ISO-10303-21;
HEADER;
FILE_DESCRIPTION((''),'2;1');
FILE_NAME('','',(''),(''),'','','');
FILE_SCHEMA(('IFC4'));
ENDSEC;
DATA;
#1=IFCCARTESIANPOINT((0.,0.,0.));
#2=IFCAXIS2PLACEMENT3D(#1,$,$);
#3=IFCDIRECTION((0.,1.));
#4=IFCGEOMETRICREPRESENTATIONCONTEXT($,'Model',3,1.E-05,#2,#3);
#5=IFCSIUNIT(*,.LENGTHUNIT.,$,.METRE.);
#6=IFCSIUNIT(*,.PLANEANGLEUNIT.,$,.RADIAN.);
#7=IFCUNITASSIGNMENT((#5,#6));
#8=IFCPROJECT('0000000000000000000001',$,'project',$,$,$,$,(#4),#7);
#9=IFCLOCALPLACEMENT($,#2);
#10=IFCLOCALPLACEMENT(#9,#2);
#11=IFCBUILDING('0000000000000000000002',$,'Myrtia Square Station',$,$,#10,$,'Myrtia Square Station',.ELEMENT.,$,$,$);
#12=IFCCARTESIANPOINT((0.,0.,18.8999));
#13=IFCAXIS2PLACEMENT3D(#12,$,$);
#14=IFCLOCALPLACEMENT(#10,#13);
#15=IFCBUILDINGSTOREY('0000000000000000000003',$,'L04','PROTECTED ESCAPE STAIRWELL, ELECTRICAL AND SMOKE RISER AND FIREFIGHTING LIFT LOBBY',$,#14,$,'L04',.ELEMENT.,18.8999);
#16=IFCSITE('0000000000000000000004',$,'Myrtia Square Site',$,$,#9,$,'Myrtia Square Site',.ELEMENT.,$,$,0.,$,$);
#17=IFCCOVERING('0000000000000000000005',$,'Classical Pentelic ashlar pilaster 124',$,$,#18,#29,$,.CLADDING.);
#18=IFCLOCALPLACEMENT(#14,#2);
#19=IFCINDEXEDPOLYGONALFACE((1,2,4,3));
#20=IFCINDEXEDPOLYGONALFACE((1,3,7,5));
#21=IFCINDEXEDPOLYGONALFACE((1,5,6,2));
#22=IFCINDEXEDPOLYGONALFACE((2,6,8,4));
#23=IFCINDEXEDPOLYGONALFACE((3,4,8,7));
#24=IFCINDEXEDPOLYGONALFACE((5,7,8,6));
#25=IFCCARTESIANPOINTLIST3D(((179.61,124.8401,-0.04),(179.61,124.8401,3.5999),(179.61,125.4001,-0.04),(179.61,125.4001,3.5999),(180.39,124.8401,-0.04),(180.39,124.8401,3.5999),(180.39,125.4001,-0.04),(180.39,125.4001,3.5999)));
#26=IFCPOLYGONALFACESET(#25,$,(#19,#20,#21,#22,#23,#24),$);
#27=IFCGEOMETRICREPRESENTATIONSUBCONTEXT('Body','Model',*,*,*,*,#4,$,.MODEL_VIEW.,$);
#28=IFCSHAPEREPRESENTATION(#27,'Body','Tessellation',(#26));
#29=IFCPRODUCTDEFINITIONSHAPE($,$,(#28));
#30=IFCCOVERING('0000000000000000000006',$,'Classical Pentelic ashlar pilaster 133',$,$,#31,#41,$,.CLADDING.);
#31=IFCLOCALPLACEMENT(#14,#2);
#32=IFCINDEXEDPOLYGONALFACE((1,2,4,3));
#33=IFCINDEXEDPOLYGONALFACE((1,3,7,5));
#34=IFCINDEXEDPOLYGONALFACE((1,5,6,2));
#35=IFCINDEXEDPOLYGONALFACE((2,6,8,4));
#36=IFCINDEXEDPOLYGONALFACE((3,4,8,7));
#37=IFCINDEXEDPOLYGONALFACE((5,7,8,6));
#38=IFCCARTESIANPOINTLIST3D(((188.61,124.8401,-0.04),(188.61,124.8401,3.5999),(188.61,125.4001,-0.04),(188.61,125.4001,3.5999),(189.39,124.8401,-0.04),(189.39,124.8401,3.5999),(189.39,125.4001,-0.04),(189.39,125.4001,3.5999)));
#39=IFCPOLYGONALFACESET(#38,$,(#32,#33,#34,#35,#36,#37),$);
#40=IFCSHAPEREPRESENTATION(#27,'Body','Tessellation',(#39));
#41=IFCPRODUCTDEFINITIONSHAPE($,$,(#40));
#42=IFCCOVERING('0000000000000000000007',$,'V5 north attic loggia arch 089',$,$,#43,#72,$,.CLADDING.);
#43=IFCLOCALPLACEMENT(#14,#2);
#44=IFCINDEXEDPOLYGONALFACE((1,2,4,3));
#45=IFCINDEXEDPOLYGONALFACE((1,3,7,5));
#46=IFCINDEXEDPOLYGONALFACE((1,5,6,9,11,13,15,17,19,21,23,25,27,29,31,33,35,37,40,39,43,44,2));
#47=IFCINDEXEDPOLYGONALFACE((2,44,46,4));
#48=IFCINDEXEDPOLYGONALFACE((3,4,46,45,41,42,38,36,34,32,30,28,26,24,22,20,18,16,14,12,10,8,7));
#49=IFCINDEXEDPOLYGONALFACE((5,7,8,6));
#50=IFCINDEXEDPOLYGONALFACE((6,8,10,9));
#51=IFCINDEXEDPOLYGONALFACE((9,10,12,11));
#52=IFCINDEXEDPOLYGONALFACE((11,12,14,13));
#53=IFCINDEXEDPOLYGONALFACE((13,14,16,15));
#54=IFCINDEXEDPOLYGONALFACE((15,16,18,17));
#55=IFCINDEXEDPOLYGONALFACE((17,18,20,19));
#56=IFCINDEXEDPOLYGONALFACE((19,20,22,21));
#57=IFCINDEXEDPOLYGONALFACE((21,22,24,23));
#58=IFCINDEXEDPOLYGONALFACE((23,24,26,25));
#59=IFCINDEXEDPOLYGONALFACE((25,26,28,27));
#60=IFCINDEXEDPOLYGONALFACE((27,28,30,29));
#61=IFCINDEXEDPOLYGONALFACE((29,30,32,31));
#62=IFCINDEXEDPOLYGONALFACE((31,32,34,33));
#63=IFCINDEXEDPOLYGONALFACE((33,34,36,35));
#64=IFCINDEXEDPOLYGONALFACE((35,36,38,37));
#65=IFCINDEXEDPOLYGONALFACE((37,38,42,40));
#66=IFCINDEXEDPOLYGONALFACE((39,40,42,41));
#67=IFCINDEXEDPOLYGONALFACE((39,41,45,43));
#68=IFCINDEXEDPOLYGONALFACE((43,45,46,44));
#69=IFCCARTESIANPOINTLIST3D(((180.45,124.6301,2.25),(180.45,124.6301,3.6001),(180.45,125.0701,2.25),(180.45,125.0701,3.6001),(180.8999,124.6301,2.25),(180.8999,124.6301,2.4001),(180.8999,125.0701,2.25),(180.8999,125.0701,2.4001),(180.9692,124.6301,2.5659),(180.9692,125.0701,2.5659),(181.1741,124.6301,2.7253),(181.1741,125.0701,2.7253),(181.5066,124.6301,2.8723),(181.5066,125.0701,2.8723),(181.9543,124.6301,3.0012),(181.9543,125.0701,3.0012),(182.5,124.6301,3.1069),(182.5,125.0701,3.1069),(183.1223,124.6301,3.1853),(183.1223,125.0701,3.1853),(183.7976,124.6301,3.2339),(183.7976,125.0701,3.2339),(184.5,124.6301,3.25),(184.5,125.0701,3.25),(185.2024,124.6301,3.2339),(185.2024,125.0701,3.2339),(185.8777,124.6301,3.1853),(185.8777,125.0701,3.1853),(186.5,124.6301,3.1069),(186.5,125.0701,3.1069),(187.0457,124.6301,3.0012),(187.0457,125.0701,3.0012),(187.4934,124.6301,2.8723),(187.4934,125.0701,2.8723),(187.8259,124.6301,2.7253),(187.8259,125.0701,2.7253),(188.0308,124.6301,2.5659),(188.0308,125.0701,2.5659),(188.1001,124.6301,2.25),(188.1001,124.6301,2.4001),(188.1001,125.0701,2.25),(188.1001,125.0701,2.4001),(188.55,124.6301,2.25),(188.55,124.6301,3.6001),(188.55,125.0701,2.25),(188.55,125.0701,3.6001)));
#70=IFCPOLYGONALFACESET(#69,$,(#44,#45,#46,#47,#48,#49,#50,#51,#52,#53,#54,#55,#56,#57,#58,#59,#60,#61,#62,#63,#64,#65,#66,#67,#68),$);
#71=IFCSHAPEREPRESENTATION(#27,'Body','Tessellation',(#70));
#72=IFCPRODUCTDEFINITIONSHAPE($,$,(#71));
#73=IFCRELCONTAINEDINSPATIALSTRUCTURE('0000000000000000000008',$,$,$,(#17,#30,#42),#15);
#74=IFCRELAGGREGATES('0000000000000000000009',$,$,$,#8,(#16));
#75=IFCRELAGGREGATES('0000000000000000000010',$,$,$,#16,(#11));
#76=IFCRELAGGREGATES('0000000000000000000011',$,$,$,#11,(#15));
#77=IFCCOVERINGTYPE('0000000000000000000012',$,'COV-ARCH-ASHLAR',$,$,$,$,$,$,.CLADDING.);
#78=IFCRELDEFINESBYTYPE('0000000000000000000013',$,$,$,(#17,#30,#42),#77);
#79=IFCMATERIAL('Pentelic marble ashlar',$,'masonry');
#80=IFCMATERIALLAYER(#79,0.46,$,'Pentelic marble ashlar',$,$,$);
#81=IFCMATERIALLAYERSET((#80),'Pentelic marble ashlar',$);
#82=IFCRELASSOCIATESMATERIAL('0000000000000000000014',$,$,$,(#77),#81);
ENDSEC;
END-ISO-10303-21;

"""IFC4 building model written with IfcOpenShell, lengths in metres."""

from ifc_helpers import new_model, si_unit, direction, frame, origin, origin_2d, place, context, subcontext, project, spatial, polyline, rectangle, outline, extrude, material, layer, layer_set, type_object, element, save


model = new_model("IFC4")

# Units and contexts
model_context = context("Model", 3, precision=1e-05, world=origin(), true_north=direction((0.0, 1.0)))
body_context = subcontext(model_context, "Body", "Model", "MODEL_VIEW")
ifc_project = project(units=[si_unit("LENGTHUNIT", "METRE"), si_unit("PLANEANGLEUNIT", "RADIAN")], contexts=[model_context])

# Site, building, storey
site_placement = place(None, origin())
site = spatial("IfcSite", under=ifc_project, at=site_placement, Name="Myrtia Square Site", LongName="Myrtia Square Site", CompositionType="ELEMENT", RefElevation=0.0)
building_placement = place(site_placement, origin())
building = spatial("IfcBuilding", under=site, at=building_placement, Name="Myrtia Square Station", LongName="Myrtia Square Station", CompositionType="ELEMENT")
storey_placement = place(building_placement, frame((0.0, 0.0, 18.8999)))
storey = spatial("IfcBuildingStorey", under=building, at=storey_placement, Name="L04", Description="PROTECTED ESCAPE STAIRWELL, ELECTRICAL AND SMOKE RISER AND FIREFIGHTING LIFT LOBBY", LongName="L04", CompositionType="ELEMENT", Elevation=18.8999)

# Coverings
ifc_material_1 = material(Name="Pentelic marble ashlar", Category="masonry")
ifc_layer_1 = layer(ifc_material_1, 0.46, Name="Pentelic marble ashlar")
ifc_layer_set_1 = layer_set([ifc_layer_1], Name="Pentelic marble ashlar")
covering_type = type_object("IfcCoveringType", Name="COV-ARCH-ASHLAR", PredefinedType="CLADDING", material=ifc_layer_set_1)
for number, where, z_axis, x_axis, name in (
    (1, (180.0, 125.1201, -0.04), (0.0, 0.0, 1.0), (1.0, 0.0, 0.0), "Classical Pentelic ashlar pilaster 124"),
    (2, (189.0, 125.1201, -0.04), (0.0, 0.0, 1.0), (1.0, 0.0, 0.0), "Classical Pentelic ashlar pilaster 133"),
):
    element("IfcCovering", number, at=place(storey_placement, frame(where, z_axis=z_axis, x_axis=x_axis)), inside=storey, type_object=covering_type, Name=name, PredefinedType="CLADDING", context=body_context, shape_type="SweptSolid", body=[
        extrude(rectangle(XDim=0.78, YDim=0.5601, at=origin_2d()), origin(), (0.0, 0.0, 1.0), 3.6399),
    ])
covering_placement = place(storey_placement, frame((180.45, 124.8501, 2.25), z_axis=(0.0, 0.0, 1.0), x_axis=(1.0, 0.0, 0.0)))
element("IfcCovering", 3, at=covering_placement, inside=storey, type_object=covering_type, Name="V5 north attic loggia arch 089", PredefinedType="CLADDING", context=body_context, shape_type="SweptSolid", body=[
    extrude(outline(polyline([(0.0, 0.0), (0.45, 0.0), (0.45, 0.1501), (0.5193, 0.3159), (0.7241, 0.4753), (1.0566, 0.6223), (1.5044, 0.7512), (2.05, 0.8569), (2.6724, 0.9353), (3.3477, 0.9839), (4.05, 1.0), (4.7524, 0.9839), (5.4277, 0.9353), (6.05, 0.8569), (6.5957, 0.7512), (7.0435, 0.6223), (7.376, 0.4753), (7.5808, 0.3159), (7.6501, 0.1501), (7.6501, 0.0), (8.1001, 0.0), (8.1001, 1.3501), (0.0, 1.3501), (0.0, 0.0)])), frame((0.0, 0.22, 0.0), z_axis=(0.0, -1.0, 0.0), x_axis=(1.0, 0.0, 0.0)), (0.0, 0.0, 1.0), 0.4399),
])

save(model, "model.ifc")
